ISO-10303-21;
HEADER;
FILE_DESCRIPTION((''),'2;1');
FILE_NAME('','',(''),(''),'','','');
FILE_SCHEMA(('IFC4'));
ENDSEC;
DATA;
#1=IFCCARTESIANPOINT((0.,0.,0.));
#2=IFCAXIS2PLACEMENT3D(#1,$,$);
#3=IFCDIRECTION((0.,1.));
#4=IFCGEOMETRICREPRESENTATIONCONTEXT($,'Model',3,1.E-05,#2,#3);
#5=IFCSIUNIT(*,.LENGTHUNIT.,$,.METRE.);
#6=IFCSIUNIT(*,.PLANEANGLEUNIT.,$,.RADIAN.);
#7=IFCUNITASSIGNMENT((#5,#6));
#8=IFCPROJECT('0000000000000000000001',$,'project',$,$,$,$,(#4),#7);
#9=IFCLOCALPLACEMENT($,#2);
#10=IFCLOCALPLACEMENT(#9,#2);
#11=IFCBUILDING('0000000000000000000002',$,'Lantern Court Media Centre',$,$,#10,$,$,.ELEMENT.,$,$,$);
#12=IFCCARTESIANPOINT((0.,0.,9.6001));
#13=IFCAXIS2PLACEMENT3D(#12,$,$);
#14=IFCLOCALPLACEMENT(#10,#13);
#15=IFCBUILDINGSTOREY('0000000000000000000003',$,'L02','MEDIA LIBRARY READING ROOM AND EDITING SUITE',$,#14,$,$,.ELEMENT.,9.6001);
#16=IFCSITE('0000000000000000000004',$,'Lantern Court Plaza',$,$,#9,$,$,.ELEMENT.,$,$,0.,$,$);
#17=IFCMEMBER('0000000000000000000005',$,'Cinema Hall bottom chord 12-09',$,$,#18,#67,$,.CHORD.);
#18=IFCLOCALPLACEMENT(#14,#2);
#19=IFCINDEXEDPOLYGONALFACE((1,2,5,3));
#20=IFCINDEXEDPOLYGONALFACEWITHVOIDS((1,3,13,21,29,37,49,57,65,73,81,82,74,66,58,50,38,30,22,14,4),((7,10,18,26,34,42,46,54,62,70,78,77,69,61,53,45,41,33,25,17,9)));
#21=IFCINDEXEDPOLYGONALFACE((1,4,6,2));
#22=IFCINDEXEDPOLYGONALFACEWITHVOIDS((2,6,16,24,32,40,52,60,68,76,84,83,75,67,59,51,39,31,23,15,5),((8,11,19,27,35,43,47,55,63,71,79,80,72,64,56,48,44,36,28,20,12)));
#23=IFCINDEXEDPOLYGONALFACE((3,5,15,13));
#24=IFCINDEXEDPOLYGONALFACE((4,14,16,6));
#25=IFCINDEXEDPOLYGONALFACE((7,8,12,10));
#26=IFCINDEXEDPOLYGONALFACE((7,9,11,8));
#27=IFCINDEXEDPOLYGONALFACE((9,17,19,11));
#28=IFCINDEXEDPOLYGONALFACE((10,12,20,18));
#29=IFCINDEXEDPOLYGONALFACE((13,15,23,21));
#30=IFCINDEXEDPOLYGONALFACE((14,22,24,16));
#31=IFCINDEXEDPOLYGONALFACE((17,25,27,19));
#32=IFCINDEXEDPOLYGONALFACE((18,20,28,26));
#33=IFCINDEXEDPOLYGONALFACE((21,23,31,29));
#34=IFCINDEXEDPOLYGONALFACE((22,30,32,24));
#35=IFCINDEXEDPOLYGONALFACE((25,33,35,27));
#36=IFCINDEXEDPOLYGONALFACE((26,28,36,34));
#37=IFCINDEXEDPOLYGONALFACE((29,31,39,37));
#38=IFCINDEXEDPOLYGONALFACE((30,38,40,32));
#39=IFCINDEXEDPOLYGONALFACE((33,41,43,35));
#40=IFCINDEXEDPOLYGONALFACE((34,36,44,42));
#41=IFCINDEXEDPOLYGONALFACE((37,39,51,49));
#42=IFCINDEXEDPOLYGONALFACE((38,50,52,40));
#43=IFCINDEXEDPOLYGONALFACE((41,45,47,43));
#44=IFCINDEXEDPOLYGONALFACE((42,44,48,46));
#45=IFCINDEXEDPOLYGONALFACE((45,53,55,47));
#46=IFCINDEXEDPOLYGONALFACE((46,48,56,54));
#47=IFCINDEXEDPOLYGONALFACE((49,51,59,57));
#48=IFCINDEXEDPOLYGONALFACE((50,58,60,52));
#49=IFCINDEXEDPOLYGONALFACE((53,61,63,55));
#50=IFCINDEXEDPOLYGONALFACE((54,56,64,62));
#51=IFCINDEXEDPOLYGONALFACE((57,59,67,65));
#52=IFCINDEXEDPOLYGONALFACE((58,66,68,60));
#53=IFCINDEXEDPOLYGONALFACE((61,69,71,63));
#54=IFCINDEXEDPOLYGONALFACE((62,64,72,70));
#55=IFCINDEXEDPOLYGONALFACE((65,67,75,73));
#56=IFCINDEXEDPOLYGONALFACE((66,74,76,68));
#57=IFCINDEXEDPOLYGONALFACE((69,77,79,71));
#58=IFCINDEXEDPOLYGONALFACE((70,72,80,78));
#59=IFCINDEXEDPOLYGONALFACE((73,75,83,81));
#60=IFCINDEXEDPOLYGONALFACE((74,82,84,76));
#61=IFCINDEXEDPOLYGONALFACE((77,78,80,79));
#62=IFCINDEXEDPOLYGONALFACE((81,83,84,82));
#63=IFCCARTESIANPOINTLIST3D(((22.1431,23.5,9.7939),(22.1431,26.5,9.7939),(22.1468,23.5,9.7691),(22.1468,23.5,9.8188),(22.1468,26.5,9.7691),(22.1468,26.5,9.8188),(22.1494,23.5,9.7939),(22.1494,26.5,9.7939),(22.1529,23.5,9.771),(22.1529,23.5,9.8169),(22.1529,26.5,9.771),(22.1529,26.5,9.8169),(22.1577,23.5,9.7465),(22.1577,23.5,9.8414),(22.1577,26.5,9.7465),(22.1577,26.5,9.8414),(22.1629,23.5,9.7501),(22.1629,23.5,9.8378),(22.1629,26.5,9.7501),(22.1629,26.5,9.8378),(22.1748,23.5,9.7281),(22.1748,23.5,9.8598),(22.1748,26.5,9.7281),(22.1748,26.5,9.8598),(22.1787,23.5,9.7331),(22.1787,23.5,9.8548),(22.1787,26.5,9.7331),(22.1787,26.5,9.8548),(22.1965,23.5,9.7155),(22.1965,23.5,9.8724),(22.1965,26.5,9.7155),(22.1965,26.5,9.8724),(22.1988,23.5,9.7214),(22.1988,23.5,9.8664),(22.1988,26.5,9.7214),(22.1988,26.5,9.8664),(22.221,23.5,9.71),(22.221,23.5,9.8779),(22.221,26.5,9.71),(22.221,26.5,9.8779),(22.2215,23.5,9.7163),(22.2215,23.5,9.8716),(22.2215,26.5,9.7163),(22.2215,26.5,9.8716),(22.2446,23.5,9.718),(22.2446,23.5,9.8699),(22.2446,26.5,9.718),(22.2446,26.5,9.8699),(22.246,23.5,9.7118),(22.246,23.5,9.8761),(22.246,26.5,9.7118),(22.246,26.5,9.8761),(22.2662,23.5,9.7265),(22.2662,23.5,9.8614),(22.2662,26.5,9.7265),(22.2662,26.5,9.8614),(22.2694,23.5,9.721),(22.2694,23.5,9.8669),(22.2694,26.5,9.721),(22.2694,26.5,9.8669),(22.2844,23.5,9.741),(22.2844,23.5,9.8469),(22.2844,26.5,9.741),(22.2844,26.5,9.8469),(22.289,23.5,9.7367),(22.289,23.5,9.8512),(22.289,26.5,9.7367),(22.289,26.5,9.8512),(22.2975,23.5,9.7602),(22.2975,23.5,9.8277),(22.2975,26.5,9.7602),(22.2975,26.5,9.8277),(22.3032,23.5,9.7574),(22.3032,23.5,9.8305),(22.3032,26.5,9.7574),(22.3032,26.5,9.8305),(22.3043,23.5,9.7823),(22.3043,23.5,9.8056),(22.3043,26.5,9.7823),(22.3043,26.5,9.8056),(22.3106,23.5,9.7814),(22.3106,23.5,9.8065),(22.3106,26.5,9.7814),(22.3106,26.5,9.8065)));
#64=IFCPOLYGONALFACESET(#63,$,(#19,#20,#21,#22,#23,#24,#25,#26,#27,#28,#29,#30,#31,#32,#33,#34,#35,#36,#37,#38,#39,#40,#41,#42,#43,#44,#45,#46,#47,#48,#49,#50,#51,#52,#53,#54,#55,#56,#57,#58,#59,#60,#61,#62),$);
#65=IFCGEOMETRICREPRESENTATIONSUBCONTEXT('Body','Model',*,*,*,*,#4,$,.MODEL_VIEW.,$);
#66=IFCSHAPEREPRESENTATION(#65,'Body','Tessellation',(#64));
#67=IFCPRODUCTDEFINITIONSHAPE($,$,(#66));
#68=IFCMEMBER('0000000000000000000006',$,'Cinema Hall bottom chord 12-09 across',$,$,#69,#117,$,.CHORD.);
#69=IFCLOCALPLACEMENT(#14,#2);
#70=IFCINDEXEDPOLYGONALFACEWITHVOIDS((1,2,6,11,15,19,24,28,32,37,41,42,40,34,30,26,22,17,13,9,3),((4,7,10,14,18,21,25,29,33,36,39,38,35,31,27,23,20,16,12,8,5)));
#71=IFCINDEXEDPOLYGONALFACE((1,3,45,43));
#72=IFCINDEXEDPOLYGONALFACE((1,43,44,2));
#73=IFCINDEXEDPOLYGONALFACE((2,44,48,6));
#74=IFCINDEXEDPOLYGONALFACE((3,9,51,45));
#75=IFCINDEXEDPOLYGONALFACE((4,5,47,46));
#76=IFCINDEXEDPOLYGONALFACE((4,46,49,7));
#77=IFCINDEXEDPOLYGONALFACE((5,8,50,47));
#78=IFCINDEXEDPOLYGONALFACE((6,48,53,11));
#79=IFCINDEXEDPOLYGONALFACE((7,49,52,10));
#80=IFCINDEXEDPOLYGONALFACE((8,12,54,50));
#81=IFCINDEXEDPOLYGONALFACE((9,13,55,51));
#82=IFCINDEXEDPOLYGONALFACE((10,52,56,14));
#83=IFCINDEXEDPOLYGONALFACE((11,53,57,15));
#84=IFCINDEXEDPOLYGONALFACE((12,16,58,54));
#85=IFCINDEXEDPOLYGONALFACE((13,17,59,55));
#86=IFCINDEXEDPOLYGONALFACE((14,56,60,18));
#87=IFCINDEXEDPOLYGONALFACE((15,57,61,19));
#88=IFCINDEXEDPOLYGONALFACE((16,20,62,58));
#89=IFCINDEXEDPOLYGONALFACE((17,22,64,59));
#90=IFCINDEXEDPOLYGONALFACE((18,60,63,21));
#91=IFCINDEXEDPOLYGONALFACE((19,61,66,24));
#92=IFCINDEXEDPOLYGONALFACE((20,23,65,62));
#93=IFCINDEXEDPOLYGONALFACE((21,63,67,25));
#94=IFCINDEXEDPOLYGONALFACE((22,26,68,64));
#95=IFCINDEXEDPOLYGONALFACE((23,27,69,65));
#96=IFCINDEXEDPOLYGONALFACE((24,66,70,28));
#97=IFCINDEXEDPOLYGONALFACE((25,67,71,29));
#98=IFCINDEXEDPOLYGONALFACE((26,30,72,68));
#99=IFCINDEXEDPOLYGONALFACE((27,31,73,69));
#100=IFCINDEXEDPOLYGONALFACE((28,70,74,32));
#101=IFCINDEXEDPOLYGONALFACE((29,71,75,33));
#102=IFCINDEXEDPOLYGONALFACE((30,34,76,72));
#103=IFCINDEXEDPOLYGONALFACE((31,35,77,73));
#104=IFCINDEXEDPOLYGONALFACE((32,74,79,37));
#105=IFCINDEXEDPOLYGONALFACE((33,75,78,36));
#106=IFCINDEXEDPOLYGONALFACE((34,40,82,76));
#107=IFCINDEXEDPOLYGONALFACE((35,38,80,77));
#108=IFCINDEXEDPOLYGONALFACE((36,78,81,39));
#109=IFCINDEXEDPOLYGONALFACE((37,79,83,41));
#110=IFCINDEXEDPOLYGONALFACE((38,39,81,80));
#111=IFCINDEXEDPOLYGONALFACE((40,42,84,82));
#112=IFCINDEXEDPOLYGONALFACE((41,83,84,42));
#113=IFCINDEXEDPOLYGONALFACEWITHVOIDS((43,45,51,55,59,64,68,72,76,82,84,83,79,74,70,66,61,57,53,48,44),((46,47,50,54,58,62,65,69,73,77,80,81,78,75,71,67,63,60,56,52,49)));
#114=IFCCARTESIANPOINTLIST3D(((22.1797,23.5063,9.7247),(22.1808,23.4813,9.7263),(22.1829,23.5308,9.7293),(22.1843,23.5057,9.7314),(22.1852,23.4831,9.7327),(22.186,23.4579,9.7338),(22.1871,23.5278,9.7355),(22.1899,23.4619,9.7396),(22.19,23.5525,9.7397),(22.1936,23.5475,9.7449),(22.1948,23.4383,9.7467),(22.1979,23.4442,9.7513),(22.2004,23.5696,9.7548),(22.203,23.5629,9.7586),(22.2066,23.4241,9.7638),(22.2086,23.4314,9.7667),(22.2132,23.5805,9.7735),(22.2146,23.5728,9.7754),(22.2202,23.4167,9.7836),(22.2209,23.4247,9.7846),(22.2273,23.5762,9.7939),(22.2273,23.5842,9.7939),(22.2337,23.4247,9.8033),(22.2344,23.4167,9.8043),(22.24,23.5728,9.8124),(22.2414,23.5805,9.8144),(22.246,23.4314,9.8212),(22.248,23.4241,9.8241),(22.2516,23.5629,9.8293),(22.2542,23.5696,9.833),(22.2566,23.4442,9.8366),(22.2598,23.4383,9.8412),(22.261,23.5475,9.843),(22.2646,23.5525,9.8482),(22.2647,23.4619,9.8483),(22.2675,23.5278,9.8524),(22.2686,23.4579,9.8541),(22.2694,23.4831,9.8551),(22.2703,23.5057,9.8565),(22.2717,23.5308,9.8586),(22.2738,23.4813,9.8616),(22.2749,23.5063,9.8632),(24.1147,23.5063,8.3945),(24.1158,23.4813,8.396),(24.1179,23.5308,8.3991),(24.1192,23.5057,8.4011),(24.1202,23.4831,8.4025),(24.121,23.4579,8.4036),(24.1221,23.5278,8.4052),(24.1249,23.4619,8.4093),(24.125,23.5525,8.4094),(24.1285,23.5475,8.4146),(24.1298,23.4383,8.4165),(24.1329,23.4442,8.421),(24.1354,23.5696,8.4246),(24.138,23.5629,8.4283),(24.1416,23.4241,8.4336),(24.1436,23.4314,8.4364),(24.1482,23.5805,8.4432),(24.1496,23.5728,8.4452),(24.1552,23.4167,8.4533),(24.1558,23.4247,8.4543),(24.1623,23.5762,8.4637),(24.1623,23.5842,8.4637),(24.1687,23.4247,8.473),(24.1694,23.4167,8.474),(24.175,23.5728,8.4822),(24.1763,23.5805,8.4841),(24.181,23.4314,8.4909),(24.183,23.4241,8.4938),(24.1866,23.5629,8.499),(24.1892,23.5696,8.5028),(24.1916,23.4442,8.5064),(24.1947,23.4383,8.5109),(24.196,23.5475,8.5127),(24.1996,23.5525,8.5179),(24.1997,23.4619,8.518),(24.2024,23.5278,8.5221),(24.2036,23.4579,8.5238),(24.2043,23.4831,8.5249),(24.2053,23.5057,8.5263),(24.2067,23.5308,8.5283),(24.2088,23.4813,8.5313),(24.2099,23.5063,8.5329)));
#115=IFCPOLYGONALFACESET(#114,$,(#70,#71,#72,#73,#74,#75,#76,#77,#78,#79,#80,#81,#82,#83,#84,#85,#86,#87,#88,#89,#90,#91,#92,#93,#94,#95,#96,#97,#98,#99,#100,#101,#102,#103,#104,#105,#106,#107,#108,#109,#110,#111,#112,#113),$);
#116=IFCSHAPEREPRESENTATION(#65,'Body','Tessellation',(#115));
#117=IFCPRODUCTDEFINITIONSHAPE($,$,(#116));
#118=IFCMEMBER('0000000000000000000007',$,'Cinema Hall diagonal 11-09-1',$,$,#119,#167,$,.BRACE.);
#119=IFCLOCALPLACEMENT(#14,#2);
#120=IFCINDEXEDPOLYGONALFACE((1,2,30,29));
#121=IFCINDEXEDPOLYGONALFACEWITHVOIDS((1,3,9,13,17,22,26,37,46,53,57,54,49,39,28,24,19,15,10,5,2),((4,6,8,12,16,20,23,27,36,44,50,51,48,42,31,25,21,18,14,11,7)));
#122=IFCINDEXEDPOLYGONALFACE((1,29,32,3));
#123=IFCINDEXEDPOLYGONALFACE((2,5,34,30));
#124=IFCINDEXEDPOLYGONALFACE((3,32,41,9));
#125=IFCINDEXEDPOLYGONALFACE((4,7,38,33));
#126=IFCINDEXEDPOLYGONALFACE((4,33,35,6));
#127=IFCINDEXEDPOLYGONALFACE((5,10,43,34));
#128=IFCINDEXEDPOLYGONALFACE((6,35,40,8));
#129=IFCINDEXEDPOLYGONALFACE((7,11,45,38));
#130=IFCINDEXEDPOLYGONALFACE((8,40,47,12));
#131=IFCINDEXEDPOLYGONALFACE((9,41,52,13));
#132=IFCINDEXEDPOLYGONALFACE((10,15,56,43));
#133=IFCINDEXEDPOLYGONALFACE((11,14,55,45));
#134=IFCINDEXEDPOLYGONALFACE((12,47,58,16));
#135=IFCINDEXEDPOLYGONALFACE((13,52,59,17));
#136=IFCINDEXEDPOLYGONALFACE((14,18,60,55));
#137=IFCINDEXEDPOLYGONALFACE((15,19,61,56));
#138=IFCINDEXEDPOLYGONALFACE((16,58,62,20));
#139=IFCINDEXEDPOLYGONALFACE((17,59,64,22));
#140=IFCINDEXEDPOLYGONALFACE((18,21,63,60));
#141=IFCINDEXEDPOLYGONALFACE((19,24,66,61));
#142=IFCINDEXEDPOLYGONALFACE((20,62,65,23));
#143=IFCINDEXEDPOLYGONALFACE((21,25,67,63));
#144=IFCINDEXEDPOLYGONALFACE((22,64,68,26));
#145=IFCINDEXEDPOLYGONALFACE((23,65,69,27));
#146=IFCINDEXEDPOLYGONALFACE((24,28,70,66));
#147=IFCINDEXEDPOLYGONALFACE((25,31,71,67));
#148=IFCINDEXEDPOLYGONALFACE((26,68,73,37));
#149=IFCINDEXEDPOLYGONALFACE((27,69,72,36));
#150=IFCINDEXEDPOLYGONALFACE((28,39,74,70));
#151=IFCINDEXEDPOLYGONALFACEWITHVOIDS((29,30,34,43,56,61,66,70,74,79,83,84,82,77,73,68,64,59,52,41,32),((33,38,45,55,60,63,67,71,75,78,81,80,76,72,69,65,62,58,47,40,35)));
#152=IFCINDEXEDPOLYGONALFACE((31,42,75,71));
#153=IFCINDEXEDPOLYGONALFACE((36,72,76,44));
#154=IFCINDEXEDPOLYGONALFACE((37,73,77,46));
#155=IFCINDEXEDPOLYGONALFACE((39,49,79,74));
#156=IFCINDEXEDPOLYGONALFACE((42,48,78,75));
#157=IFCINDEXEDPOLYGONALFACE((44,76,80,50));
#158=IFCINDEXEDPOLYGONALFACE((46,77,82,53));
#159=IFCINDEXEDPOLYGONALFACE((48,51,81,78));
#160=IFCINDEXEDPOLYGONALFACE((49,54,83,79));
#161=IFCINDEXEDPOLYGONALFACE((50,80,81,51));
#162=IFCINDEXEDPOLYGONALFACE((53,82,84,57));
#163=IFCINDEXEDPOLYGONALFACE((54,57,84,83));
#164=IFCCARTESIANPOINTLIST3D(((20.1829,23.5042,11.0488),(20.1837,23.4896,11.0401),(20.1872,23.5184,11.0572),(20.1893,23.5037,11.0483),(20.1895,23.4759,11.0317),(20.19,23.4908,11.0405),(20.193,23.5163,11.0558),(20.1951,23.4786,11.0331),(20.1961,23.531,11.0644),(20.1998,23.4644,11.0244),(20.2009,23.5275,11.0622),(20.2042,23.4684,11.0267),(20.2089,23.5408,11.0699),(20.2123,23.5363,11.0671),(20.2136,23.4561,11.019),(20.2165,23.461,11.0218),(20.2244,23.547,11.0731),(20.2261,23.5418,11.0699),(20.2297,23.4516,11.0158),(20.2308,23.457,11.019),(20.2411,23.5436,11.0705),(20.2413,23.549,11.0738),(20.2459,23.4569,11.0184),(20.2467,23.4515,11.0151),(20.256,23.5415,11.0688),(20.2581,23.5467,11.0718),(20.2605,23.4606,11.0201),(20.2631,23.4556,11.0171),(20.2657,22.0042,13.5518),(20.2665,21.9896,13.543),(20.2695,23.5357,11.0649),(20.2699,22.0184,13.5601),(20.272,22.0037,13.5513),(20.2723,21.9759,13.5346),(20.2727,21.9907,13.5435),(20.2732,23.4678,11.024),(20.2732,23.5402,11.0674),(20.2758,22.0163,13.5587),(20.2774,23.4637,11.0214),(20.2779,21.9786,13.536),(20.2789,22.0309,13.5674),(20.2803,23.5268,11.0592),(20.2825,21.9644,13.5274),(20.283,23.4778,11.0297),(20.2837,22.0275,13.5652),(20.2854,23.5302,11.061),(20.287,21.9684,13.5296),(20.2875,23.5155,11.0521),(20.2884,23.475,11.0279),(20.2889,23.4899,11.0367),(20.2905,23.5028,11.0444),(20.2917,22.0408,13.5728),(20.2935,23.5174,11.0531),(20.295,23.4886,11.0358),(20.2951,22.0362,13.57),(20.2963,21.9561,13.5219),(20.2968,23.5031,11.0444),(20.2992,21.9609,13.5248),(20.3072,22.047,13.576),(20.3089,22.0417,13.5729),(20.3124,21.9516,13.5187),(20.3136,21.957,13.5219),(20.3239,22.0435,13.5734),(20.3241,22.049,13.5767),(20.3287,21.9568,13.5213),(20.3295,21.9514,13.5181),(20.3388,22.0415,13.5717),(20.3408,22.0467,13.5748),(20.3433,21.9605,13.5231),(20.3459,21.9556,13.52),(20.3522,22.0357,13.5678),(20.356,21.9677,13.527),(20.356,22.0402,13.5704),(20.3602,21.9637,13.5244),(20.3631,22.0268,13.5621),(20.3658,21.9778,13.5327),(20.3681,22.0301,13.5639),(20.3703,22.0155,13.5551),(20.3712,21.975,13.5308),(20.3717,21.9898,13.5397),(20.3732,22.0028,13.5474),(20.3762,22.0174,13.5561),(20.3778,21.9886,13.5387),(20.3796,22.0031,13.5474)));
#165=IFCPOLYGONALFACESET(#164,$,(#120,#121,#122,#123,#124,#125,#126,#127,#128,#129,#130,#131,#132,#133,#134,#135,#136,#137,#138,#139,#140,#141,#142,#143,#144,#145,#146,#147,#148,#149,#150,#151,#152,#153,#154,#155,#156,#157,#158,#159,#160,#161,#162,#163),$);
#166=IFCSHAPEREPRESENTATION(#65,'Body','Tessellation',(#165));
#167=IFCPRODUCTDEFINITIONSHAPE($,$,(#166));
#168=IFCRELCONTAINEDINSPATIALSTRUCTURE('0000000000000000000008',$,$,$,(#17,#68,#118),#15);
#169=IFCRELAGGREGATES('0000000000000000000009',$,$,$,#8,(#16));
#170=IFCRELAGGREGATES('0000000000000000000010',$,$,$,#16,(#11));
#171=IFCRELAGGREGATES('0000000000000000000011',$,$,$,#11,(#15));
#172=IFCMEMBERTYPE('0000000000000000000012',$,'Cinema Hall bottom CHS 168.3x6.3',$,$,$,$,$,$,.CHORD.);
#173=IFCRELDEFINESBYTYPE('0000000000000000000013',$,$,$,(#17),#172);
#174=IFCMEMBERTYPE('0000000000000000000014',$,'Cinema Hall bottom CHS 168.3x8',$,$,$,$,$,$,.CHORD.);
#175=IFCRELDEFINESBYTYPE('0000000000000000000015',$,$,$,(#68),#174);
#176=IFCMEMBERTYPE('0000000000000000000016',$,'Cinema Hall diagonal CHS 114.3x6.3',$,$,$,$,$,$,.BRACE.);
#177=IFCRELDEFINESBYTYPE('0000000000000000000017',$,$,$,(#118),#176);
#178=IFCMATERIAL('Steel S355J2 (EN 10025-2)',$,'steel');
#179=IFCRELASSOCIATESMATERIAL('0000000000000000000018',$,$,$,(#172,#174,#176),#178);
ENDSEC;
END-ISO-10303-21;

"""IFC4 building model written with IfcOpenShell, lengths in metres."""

from ifc_helpers import new_model, si_unit, direction, frame, origin, origin_2d, place, context, subcontext, project, spatial, hollow_circle, extrude, material, material_profile, profile_set, type_object, element, save


model = new_model("IFC4")

# Units and contexts
model_context = context("Model", 3, precision=1e-05, world=origin(), true_north=direction((0.0, 1.0)))
body_context = subcontext(model_context, "Body", "Model", "MODEL_VIEW")
ifc_project = project(units=[si_unit("LENGTHUNIT", "METRE"), si_unit("PLANEANGLEUNIT", "RADIAN")], contexts=[model_context])

# Site, building, storey
site_placement = place(None, origin())
site = spatial("IfcSite", under=ifc_project, at=site_placement, Name="Lantern Court Plaza", CompositionType="ELEMENT", RefElevation=0.0)
building_placement = place(site_placement, origin())
building = spatial("IfcBuilding", under=site, at=building_placement, Name="Lantern Court Media Centre", CompositionType="ELEMENT")
storey_placement = place(building_placement, frame((0.0, 0.0, 9.6001)))
storey = spatial("IfcBuildingStorey", under=building, at=storey_placement, Name="L02", Description="MEDIA LIBRARY READING ROOM AND EDITING SUITE", CompositionType="ELEMENT", Elevation=9.6001)

# Members
ifc_material = material(Name="Steel S355J2 (EN 10025-2)", Category="steel")
ifc_material_profile_1 = material_profile(ifc_material, hollow_circle(Radius=0.0842, WallThickness=0.0063, at=origin_2d()), Name="Cinema Hall bottom CHS 168.3x6.3")
ifc_profile_set_1 = profile_set([ifc_material_profile_1], Name="Steel S355J2 (EN 10025-2)")
member_type_1 = type_object("IfcMemberType", Name="Cinema Hall bottom CHS 168.3x6.3", PredefinedType="CHORD", material=ifc_profile_set_1)
member_1_placement = place(storey_placement, frame((22.2273, 23.5, 9.7939), z_axis=(0.0, 1.0, 0.0), x_axis=(-1.0, 0.0, 0.0)))
element("IfcMember", 1, at=member_1_placement, inside=storey, type_object=member_type_1, Name="Cinema Hall bottom chord 12-09", PredefinedType="CHORD", context=body_context, shape_type="SweptSolid", body=[
    extrude(hollow_circle(Radius=0.0842, WallThickness=0.0063, at=origin_2d()), origin(), (0.0, 0.0, 1.0), 3.0),
])
ifc_material_profile_2 = material_profile(ifc_material, hollow_circle(Radius=0.0842, WallThickness=0.0081, at=origin_2d()), Name="Cinema Hall bottom CHS 168.3x8")
ifc_profile_set_2 = profile_set([ifc_material_profile_2], Name="Steel S355J2 (EN 10025-2)")
member_type_2 = type_object("IfcMemberType", Name="Cinema Hall bottom CHS 168.3x8", PredefinedType="CHORD", material=ifc_profile_set_2)
member_2_placement = place(storey_placement, frame((22.2273, 23.5, 9.7939), z_axis=(0.824048, 0.0, -0.56652), x_axis=(0.0, 1.0, 0.0)))
element("IfcMember", 2, at=member_2_placement, inside=storey, type_object=member_type_2, Name="Cinema Hall bottom chord 12-09 across", PredefinedType="CHORD", context=body_context, shape_type="SweptSolid", body=[
    extrude(hollow_circle(Radius=0.0842, WallThickness=0.0081, at=origin_2d()), origin(), (0.0, 0.0, 1.0), 2.3481),
])
ifc_material_profile_3 = material_profile(ifc_material, hollow_circle(Radius=0.0571, WallThickness=0.0063, at=origin_2d()), Name="Cinema Hall diagonal CHS 114.3x6.3")
ifc_profile_set_3 = profile_set([ifc_material_profile_3], Name="Steel S355J2 (EN 10025-2)")
member_type_3 = type_object("IfcMemberType", Name="Cinema Hall diagonal CHS 114.3x6.3", PredefinedType="BRACE", material=ifc_profile_set_3)
for number, where, z_axis, x_axis, name in (
    (3, (20.2397, 23.5, 11.0444), (0.028352, -0.513846, 0.857414), (0.998481, 0.055092, 0.0), "Cinema Hall diagonal 11-09-1"),
):
    element("IfcMember", number, at=place(storey_placement, frame(where, z_axis=z_axis, x_axis=x_axis)), inside=storey, type_object=member_type_3, Name=name, PredefinedType="BRACE", context=body_context, shape_type="SweptSolid", body=[
        extrude(hollow_circle(Radius=0.0571, WallThickness=0.0063, at=origin_2d()), origin(), (0.0, 0.0, 1.0), 2.9192),
    ])

save(model, "model.ifc")
